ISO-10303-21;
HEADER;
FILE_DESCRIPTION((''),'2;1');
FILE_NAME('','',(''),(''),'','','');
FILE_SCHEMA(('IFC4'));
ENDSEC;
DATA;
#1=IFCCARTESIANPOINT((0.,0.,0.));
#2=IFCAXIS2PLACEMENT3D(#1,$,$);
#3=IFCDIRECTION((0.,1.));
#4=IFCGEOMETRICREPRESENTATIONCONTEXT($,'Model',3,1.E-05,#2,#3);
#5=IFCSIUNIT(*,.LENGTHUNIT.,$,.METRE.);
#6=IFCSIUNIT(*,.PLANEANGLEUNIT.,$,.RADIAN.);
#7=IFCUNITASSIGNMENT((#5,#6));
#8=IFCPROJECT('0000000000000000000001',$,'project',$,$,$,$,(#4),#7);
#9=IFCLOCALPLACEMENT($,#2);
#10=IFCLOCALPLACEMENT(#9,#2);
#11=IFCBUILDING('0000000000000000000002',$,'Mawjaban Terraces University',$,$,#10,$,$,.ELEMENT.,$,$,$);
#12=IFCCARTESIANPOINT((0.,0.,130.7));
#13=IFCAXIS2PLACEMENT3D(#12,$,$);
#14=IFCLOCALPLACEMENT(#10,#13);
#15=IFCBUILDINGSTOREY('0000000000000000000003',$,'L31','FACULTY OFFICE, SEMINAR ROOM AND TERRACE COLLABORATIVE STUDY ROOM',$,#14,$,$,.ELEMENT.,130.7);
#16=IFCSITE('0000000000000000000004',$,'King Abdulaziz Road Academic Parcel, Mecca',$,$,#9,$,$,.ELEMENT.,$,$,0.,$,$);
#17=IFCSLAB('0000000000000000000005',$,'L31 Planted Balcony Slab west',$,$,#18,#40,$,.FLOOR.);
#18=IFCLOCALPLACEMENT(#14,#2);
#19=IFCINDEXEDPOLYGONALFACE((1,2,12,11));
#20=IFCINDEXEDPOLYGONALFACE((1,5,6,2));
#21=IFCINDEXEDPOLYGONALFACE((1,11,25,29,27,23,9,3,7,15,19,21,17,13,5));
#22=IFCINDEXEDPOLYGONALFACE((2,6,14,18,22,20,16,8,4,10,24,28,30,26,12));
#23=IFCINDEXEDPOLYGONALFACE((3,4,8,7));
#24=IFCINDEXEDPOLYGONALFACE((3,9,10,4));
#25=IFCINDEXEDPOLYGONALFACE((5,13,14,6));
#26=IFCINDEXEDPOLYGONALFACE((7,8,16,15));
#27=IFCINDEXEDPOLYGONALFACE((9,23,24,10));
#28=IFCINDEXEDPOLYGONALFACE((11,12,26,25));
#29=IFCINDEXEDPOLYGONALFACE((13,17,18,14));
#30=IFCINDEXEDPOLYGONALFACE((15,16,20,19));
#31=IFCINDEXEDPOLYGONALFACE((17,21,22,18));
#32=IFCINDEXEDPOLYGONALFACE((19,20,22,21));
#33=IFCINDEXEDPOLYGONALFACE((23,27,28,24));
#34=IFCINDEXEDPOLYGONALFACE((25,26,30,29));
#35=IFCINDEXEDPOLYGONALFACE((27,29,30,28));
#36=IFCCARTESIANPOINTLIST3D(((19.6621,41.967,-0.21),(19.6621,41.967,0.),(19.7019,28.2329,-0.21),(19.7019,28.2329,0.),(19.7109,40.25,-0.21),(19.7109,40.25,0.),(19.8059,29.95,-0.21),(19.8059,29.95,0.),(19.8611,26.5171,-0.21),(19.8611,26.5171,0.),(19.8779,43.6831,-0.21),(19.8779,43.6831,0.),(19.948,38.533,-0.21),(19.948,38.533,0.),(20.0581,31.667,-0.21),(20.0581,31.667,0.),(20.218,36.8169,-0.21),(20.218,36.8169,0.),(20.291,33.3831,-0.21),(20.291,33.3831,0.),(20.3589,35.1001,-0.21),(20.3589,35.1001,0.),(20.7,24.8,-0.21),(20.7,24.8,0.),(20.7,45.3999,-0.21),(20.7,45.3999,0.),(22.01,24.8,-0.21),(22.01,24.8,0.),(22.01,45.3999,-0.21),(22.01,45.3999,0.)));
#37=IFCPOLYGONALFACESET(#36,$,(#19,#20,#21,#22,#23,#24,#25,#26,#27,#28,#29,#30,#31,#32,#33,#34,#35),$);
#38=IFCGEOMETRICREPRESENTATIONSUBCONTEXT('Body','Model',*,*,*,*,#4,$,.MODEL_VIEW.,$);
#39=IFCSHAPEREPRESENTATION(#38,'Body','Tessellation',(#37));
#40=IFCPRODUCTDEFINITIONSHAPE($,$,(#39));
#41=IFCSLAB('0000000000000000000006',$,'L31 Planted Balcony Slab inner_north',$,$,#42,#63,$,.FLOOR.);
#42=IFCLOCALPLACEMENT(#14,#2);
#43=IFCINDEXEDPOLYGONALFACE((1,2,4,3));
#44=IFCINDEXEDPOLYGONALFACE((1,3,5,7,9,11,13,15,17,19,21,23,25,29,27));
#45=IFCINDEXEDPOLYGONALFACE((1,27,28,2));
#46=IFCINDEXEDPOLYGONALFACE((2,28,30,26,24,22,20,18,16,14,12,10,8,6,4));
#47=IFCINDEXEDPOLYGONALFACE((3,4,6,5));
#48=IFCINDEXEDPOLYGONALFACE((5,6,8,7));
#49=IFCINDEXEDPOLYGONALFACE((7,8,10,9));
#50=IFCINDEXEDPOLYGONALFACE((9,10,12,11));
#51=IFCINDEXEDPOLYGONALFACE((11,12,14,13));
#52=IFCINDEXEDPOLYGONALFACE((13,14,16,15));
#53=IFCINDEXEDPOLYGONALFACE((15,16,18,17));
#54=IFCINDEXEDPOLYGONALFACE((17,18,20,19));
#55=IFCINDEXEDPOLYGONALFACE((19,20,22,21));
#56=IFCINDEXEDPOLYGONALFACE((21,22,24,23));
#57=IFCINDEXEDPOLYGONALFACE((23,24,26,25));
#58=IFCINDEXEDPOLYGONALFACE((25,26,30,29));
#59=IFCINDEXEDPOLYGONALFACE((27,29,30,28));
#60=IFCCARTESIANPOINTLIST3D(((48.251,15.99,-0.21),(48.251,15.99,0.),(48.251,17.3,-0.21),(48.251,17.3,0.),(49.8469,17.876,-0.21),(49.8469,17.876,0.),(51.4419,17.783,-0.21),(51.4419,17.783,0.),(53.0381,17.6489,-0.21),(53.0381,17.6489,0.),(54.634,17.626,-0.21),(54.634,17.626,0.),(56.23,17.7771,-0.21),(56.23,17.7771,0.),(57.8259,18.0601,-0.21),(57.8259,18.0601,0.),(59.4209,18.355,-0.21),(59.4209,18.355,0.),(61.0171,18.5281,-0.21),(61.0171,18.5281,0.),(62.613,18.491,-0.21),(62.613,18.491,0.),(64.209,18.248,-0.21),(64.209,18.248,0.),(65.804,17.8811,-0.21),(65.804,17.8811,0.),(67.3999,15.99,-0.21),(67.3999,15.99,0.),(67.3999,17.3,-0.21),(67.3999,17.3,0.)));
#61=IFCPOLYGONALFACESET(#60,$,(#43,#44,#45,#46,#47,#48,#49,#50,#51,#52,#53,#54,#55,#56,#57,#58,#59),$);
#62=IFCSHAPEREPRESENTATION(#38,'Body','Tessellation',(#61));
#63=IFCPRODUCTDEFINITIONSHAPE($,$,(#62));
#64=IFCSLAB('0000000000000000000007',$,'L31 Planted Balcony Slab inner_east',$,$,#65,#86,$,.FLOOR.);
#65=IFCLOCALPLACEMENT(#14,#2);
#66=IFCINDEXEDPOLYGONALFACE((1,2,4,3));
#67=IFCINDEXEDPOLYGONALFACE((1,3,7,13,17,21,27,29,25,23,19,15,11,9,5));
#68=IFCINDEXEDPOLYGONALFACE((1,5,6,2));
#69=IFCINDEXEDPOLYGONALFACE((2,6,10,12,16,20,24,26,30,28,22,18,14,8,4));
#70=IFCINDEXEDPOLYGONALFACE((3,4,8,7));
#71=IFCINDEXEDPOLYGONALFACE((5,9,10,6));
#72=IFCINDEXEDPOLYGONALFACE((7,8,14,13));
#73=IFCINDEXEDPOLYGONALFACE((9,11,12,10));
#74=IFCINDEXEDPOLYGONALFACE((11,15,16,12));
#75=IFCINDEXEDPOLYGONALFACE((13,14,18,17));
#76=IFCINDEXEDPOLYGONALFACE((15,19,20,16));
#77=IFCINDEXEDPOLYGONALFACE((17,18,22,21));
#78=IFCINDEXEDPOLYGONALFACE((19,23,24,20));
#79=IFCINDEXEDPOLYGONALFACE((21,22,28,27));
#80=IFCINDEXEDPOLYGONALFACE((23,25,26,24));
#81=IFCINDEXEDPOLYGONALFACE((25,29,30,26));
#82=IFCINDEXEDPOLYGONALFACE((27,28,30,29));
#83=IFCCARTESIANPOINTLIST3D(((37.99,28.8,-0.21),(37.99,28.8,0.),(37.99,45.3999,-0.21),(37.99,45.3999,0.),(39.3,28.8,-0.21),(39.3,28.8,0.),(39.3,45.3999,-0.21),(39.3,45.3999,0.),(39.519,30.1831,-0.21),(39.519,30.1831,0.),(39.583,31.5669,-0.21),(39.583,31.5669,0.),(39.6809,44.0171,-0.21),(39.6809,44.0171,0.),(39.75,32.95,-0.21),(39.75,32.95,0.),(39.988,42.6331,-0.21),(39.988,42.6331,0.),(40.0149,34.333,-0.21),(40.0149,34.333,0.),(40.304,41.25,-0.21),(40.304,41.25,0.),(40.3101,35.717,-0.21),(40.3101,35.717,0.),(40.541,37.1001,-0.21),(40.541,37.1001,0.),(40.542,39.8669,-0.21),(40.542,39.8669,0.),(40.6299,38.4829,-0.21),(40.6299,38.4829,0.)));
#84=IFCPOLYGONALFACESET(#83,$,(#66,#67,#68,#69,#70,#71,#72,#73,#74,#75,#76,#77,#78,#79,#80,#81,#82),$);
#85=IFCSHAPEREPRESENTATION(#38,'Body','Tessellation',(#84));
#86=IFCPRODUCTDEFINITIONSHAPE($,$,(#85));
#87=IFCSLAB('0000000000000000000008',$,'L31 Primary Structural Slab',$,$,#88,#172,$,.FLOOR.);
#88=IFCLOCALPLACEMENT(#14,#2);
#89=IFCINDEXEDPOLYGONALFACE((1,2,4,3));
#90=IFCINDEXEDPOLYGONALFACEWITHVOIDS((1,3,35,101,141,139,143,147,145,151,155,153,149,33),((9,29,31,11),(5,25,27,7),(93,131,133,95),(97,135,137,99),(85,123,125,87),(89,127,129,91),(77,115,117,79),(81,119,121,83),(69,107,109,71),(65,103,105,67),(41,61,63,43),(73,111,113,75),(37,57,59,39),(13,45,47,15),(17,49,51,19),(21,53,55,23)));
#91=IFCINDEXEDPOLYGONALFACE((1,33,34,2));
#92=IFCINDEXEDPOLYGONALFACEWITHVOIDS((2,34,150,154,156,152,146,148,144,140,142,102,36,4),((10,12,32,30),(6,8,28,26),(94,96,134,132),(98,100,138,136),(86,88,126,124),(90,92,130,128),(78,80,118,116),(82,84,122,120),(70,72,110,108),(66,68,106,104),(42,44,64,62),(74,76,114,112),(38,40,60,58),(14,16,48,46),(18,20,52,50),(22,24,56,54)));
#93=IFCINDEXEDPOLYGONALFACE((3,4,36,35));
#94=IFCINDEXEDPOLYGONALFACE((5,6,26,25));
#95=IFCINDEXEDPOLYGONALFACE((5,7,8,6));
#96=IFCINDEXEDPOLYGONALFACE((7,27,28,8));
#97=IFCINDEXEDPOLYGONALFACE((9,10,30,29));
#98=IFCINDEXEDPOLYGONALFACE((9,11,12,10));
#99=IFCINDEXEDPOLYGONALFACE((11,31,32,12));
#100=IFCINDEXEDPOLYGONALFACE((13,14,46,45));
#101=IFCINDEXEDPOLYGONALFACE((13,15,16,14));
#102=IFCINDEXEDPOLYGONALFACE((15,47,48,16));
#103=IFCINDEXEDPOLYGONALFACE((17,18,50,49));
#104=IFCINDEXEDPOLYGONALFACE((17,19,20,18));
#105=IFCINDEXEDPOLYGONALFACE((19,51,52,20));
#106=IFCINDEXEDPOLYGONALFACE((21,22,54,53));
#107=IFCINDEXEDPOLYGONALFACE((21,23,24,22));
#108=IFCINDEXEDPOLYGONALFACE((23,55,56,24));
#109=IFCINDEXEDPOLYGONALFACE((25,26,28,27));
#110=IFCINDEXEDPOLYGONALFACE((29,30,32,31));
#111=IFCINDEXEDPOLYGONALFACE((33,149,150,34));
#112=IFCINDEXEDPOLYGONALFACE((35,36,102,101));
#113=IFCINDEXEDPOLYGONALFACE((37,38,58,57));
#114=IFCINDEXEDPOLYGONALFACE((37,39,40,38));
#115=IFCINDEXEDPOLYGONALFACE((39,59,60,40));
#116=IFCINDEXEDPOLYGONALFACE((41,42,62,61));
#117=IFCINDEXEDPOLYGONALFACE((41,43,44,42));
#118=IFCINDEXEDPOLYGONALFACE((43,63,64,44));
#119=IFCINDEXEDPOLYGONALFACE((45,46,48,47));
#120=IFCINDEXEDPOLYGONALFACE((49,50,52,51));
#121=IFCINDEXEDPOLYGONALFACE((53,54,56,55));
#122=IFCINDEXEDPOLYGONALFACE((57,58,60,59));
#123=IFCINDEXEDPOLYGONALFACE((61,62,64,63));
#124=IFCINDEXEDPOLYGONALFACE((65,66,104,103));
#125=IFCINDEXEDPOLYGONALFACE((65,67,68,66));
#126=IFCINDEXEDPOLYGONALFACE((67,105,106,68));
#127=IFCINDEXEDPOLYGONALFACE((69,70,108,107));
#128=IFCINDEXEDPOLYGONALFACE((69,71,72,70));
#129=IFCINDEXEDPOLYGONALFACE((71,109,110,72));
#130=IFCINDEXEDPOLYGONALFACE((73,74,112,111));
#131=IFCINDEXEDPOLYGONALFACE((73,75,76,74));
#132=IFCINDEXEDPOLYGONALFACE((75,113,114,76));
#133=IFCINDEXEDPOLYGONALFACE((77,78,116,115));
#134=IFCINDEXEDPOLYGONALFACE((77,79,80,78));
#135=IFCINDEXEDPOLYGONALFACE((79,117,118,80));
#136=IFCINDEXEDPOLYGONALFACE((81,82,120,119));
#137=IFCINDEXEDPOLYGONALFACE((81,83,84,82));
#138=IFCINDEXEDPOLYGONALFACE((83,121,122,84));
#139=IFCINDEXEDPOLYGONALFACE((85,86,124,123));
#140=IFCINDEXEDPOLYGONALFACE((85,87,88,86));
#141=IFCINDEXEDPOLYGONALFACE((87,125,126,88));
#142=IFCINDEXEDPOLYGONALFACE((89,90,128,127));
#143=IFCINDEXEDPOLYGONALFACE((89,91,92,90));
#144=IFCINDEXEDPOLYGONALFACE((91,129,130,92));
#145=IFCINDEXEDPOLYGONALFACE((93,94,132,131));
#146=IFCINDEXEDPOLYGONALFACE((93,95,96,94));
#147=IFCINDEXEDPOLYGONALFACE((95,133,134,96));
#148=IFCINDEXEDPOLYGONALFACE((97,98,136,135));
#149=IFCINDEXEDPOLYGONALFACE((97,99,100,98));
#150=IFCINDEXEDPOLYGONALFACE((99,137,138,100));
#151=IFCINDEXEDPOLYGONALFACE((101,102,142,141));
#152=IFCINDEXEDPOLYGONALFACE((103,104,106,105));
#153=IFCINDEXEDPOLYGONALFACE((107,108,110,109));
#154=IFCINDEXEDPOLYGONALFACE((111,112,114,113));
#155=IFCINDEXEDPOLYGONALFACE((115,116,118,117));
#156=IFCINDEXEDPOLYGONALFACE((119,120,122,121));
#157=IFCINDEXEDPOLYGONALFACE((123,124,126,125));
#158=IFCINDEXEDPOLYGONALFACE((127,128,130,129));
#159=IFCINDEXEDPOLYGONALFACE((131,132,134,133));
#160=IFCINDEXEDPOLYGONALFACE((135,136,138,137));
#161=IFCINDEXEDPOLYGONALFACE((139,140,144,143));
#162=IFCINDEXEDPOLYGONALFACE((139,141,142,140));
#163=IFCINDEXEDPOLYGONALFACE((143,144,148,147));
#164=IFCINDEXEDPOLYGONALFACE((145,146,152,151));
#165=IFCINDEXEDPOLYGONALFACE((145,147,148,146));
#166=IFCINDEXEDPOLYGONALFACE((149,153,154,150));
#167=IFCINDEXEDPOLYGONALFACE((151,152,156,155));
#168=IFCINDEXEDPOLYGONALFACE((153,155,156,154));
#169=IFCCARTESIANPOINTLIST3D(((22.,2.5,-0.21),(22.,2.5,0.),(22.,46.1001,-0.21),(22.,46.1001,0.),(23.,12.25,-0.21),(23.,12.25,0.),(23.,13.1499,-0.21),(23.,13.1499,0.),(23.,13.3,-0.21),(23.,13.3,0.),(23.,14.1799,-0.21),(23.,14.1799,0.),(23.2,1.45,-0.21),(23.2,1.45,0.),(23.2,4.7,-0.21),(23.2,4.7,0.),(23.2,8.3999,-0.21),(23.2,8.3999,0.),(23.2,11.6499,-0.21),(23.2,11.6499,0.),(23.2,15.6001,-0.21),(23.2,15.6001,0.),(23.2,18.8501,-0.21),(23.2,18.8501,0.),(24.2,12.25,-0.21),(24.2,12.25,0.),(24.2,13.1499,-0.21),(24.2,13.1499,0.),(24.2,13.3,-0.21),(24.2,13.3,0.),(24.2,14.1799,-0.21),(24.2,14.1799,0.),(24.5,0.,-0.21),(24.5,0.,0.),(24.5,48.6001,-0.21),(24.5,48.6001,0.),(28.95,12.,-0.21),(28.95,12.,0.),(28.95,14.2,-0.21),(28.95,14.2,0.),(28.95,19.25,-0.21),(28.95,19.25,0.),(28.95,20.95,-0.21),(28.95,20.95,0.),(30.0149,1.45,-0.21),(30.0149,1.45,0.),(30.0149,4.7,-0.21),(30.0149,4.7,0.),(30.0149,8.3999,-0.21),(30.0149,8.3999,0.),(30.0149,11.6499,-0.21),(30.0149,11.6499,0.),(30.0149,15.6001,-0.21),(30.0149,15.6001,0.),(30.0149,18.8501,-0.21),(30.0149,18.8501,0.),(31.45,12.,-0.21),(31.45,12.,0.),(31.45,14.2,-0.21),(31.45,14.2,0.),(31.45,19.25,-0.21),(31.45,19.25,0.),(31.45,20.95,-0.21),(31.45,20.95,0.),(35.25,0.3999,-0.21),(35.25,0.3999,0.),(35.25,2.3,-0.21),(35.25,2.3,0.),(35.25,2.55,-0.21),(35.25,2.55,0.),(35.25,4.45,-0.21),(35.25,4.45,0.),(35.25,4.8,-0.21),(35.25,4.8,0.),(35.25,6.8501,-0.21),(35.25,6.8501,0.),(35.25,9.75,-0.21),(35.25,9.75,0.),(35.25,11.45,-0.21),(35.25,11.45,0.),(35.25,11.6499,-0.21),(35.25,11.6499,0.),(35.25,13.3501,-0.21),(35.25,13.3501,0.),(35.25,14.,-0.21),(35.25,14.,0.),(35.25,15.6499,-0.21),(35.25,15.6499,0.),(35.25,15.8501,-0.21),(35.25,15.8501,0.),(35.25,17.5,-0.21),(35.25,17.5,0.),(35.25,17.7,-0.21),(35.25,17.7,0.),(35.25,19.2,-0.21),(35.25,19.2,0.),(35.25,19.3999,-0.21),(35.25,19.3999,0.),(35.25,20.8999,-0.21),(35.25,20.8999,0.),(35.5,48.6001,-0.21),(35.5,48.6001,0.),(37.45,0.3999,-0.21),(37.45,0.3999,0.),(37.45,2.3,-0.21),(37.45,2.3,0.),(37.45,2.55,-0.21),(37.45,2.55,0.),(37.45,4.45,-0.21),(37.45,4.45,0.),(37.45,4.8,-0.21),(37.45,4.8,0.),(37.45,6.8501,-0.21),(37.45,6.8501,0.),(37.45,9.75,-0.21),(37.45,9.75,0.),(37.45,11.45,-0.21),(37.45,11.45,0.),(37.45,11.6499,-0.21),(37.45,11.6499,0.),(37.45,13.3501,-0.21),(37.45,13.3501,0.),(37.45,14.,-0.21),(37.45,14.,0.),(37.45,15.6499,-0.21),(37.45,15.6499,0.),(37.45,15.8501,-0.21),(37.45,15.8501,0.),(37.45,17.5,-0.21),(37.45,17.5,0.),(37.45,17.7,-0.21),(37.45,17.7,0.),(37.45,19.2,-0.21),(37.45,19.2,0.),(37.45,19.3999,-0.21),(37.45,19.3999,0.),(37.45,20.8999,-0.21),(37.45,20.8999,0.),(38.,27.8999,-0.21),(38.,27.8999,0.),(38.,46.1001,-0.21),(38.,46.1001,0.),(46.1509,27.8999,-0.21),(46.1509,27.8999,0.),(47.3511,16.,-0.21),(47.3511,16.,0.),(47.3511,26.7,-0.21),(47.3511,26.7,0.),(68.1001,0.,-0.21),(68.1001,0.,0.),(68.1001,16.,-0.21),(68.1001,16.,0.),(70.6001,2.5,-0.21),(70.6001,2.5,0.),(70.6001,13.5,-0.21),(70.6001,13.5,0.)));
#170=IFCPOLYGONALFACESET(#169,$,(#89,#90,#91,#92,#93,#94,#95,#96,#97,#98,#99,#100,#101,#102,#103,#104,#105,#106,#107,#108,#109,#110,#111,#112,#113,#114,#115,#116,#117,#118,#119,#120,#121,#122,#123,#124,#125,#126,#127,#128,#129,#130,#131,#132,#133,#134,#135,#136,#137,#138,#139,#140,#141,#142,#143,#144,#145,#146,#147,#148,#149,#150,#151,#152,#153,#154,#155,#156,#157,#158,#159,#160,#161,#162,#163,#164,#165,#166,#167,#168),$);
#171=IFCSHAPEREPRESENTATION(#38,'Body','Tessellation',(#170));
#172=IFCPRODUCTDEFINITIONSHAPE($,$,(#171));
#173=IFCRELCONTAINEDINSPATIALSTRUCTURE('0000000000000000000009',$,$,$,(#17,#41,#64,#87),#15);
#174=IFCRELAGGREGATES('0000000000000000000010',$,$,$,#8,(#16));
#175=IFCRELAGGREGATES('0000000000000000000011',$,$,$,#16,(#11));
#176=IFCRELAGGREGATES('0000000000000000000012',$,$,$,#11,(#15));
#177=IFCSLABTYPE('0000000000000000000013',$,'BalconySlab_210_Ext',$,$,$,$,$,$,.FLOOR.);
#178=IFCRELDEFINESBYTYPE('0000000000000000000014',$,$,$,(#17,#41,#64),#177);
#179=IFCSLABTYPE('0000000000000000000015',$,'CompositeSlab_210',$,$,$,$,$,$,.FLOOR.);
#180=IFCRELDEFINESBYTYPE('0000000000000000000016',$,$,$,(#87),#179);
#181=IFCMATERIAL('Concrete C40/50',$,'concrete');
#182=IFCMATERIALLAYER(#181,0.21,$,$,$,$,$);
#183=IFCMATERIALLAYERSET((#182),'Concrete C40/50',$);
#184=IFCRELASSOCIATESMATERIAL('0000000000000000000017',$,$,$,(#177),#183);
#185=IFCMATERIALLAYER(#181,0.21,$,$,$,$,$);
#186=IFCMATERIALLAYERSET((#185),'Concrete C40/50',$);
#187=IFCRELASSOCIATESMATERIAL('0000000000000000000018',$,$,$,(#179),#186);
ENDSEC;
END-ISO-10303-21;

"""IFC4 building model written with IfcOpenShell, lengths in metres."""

from ifc_helpers import new_model, si_unit, direction, frame, origin, place, context, subcontext, project, spatial, polyline, outline, extrude, material, layer, layer_set, type_object, element, save


model = new_model("IFC4")

# Units and contexts
model_context = context("Model", 3, precision=1e-05, world=origin(), true_north=direction((0.0, 1.0)))
body_context = subcontext(model_context, "Body", "Model", "MODEL_VIEW")
ifc_project = project(units=[si_unit("LENGTHUNIT", "METRE"), si_unit("PLANEANGLEUNIT", "RADIAN")], contexts=[model_context])

# Site, building, storey
site_placement = place(None, origin())
site = spatial("IfcSite", under=ifc_project, at=site_placement, Name="King Abdulaziz Road Academic Parcel, Mecca", CompositionType="ELEMENT", RefElevation=0.0)
building_placement = place(site_placement, origin())
building = spatial("IfcBuilding", under=site, at=building_placement, Name="Mawjaban Terraces University", CompositionType="ELEMENT")
storey_placement = place(building_placement, frame((0.0, 0.0, 130.7)))
storey = spatial("IfcBuildingStorey", under=building, at=storey_placement, Name="L31", Description="FACULTY OFFICE, SEMINAR ROOM AND TERRACE COLLABORATIVE STUDY ROOM", CompositionType="ELEMENT", Elevation=130.7)

# Slabs
ifc_material_1 = material(Name="Concrete C40/50", Category="concrete")
ifc_layer_1 = layer(ifc_material_1, 0.21)
ifc_layer_set_1 = layer_set([ifc_layer_1], Name="Concrete C40/50")
slab_type_1 = type_object("IfcSlabType", Name="BalconySlab_210_Ext", PredefinedType="FLOOR", material=ifc_layer_set_1)
slab_1_placement = place(storey_placement, frame((0.0, 0.0, -0.21)))
element("IfcSlab", 1, at=slab_1_placement, inside=storey, type_object=slab_type_1, Name="L31 Planted Balcony Slab west", PredefinedType="FLOOR", context=body_context, shape_type="SweptSolid", body=[
    extrude(outline(polyline([(22.01, 24.8), (22.01, 45.3999), (20.7, 45.3999), (19.8779, 43.6831), (19.6621, 41.967), (19.7109, 40.25), (19.948, 38.533), (20.218, 36.8169), (20.3589, 35.1001), (20.291, 33.3831), (20.0581, 31.667), (19.8059, 29.95), (19.7019, 28.2329), (19.8611, 26.5171), (20.7, 24.8), (22.01, 24.8)])), origin(), (0.0, 0.0, 1.0), 0.21),
])
slab_2_placement = place(storey_placement, frame((0.0, 0.0, -0.21)))
element("IfcSlab", 2, at=slab_2_placement, inside=storey, type_object=slab_type_1, Name="L31 Planted Balcony Slab inner_north", PredefinedType="FLOOR", context=body_context, shape_type="SweptSolid", body=[
    extrude(outline(polyline([(48.251, 15.99), (67.3999, 15.99), (67.3999, 17.3), (65.804, 17.8811), (64.209, 18.248), (62.613, 18.491), (61.0171, 18.5281), (59.4209, 18.355), (57.8259, 18.0601), (56.23, 17.7771), (54.634, 17.626), (53.0381, 17.6489), (51.4419, 17.783), (49.8469, 17.876), (48.251, 17.3), (48.251, 15.99)])), origin(), (0.0, 0.0, 1.0), 0.21),
])
slab_3_placement = place(storey_placement, frame((0.0, 0.0, -0.21)))
element("IfcSlab", 3, at=slab_3_placement, inside=storey, type_object=slab_type_1, Name="L31 Planted Balcony Slab inner_east", PredefinedType="FLOOR", context=body_context, shape_type="SweptSolid", body=[
    extrude(outline(polyline([(39.3, 28.8), (39.519, 30.1831), (39.583, 31.5669), (39.75, 32.95), (40.0149, 34.333), (40.3101, 35.717), (40.541, 37.1001), (40.6299, 38.4829), (40.542, 39.8669), (40.304, 41.25), (39.988, 42.6331), (39.6809, 44.0171), (39.3, 45.3999), (37.99, 45.3999), (37.99, 28.8), (39.3, 28.8)])), origin(), (0.0, 0.0, 1.0), 0.21),
])
ifc_layer_2 = layer(ifc_material_1, 0.21)
ifc_layer_set_2 = layer_set([ifc_layer_2], Name="Concrete C40/50")
slab_type_2 = type_object("IfcSlabType", Name="CompositeSlab_210", PredefinedType="FLOOR", material=ifc_layer_set_2)
slab_4_placement = place(storey_placement, frame((0.0, 0.0, -0.21)))
element("IfcSlab", 4, at=slab_4_placement, inside=storey, type_object=slab_type_2, Name="L31 Primary Structural Slab", PredefinedType="FLOOR", context=body_context, shape_type="SweptSolid", body=[
    extrude(outline(polyline([(24.5, 0.0), (68.1001, 0.0), (70.6001, 2.5), (70.6001, 13.5), (68.1001, 16.0), (47.3511, 16.0), (47.3511, 26.7), (46.1509, 27.8999), (38.0, 27.8999), (38.0, 46.1001), (35.5, 48.6001), (24.5, 48.6001), (22.0, 46.1001), (22.0, 2.5), (24.5, 0.0)]), holes=[polyline([(30.0149, 4.7), (23.2, 4.7), (23.2, 1.45), (30.0149, 1.45), (30.0149, 4.7)]), polyline([(30.0149, 18.8501), (23.2, 18.8501), (23.2, 15.6001), (30.0149, 15.6001), (30.0149, 18.8501)]), polyline([(30.0149, 11.6499), (23.2, 11.6499), (23.2, 8.3999), (30.0149, 8.3999), (30.0149, 11.6499)]), polyline([(35.25, 0.3999), (37.45, 0.3999), (37.45, 2.3), (35.25, 2.3), (35.25, 0.3999)]), polyline([(35.25, 2.55), (37.45, 2.55), (37.45, 4.45), (35.25, 4.45), (35.25, 2.55)]), polyline([(35.25, 4.8), (37.45, 4.8), (37.45, 6.8501), (35.25, 6.8501), (35.25, 4.8)]), polyline([(35.25, 9.75), (37.45, 9.75), (37.45, 11.45), (35.25, 11.45), (35.25, 9.75)]), polyline([(35.25, 11.6499), (37.45, 11.6499), (37.45, 13.3501), (35.25, 13.3501), (35.25, 11.6499)]), polyline([(28.95, 12.0), (31.45, 12.0), (31.45, 14.2), (28.95, 14.2), (28.95, 12.0)]), polyline([(35.25, 14.0), (37.45, 14.0), (37.45, 15.6499), (35.25, 15.6499), (35.25, 14.0)]), polyline([(35.25, 15.8501), (37.45, 15.8501), (37.45, 17.5), (35.25, 17.5), (35.25, 15.8501)]), polyline([(35.25, 17.7), (37.45, 17.7), (37.45, 19.2), (35.25, 19.2), (35.25, 17.7)]), polyline([(35.25, 19.3999), (37.45, 19.3999), (37.45, 20.8999), (35.25, 20.8999), (35.25, 19.3999)]), polyline([(28.95, 19.25), (31.45, 19.25), (31.45, 20.95), (28.95, 20.95), (28.95, 19.25)]), polyline([(23.0, 12.25), (24.2, 12.25), (24.2, 13.1499), (23.0, 13.1499), (23.0, 12.25)]), polyline([(23.0, 13.3), (24.2, 13.3), (24.2, 14.1799), (23.0, 14.1799), (23.0, 13.3)])]), origin(), (0.0, 0.0, 1.0), 0.21),
])

save(model, "model.ifc")
